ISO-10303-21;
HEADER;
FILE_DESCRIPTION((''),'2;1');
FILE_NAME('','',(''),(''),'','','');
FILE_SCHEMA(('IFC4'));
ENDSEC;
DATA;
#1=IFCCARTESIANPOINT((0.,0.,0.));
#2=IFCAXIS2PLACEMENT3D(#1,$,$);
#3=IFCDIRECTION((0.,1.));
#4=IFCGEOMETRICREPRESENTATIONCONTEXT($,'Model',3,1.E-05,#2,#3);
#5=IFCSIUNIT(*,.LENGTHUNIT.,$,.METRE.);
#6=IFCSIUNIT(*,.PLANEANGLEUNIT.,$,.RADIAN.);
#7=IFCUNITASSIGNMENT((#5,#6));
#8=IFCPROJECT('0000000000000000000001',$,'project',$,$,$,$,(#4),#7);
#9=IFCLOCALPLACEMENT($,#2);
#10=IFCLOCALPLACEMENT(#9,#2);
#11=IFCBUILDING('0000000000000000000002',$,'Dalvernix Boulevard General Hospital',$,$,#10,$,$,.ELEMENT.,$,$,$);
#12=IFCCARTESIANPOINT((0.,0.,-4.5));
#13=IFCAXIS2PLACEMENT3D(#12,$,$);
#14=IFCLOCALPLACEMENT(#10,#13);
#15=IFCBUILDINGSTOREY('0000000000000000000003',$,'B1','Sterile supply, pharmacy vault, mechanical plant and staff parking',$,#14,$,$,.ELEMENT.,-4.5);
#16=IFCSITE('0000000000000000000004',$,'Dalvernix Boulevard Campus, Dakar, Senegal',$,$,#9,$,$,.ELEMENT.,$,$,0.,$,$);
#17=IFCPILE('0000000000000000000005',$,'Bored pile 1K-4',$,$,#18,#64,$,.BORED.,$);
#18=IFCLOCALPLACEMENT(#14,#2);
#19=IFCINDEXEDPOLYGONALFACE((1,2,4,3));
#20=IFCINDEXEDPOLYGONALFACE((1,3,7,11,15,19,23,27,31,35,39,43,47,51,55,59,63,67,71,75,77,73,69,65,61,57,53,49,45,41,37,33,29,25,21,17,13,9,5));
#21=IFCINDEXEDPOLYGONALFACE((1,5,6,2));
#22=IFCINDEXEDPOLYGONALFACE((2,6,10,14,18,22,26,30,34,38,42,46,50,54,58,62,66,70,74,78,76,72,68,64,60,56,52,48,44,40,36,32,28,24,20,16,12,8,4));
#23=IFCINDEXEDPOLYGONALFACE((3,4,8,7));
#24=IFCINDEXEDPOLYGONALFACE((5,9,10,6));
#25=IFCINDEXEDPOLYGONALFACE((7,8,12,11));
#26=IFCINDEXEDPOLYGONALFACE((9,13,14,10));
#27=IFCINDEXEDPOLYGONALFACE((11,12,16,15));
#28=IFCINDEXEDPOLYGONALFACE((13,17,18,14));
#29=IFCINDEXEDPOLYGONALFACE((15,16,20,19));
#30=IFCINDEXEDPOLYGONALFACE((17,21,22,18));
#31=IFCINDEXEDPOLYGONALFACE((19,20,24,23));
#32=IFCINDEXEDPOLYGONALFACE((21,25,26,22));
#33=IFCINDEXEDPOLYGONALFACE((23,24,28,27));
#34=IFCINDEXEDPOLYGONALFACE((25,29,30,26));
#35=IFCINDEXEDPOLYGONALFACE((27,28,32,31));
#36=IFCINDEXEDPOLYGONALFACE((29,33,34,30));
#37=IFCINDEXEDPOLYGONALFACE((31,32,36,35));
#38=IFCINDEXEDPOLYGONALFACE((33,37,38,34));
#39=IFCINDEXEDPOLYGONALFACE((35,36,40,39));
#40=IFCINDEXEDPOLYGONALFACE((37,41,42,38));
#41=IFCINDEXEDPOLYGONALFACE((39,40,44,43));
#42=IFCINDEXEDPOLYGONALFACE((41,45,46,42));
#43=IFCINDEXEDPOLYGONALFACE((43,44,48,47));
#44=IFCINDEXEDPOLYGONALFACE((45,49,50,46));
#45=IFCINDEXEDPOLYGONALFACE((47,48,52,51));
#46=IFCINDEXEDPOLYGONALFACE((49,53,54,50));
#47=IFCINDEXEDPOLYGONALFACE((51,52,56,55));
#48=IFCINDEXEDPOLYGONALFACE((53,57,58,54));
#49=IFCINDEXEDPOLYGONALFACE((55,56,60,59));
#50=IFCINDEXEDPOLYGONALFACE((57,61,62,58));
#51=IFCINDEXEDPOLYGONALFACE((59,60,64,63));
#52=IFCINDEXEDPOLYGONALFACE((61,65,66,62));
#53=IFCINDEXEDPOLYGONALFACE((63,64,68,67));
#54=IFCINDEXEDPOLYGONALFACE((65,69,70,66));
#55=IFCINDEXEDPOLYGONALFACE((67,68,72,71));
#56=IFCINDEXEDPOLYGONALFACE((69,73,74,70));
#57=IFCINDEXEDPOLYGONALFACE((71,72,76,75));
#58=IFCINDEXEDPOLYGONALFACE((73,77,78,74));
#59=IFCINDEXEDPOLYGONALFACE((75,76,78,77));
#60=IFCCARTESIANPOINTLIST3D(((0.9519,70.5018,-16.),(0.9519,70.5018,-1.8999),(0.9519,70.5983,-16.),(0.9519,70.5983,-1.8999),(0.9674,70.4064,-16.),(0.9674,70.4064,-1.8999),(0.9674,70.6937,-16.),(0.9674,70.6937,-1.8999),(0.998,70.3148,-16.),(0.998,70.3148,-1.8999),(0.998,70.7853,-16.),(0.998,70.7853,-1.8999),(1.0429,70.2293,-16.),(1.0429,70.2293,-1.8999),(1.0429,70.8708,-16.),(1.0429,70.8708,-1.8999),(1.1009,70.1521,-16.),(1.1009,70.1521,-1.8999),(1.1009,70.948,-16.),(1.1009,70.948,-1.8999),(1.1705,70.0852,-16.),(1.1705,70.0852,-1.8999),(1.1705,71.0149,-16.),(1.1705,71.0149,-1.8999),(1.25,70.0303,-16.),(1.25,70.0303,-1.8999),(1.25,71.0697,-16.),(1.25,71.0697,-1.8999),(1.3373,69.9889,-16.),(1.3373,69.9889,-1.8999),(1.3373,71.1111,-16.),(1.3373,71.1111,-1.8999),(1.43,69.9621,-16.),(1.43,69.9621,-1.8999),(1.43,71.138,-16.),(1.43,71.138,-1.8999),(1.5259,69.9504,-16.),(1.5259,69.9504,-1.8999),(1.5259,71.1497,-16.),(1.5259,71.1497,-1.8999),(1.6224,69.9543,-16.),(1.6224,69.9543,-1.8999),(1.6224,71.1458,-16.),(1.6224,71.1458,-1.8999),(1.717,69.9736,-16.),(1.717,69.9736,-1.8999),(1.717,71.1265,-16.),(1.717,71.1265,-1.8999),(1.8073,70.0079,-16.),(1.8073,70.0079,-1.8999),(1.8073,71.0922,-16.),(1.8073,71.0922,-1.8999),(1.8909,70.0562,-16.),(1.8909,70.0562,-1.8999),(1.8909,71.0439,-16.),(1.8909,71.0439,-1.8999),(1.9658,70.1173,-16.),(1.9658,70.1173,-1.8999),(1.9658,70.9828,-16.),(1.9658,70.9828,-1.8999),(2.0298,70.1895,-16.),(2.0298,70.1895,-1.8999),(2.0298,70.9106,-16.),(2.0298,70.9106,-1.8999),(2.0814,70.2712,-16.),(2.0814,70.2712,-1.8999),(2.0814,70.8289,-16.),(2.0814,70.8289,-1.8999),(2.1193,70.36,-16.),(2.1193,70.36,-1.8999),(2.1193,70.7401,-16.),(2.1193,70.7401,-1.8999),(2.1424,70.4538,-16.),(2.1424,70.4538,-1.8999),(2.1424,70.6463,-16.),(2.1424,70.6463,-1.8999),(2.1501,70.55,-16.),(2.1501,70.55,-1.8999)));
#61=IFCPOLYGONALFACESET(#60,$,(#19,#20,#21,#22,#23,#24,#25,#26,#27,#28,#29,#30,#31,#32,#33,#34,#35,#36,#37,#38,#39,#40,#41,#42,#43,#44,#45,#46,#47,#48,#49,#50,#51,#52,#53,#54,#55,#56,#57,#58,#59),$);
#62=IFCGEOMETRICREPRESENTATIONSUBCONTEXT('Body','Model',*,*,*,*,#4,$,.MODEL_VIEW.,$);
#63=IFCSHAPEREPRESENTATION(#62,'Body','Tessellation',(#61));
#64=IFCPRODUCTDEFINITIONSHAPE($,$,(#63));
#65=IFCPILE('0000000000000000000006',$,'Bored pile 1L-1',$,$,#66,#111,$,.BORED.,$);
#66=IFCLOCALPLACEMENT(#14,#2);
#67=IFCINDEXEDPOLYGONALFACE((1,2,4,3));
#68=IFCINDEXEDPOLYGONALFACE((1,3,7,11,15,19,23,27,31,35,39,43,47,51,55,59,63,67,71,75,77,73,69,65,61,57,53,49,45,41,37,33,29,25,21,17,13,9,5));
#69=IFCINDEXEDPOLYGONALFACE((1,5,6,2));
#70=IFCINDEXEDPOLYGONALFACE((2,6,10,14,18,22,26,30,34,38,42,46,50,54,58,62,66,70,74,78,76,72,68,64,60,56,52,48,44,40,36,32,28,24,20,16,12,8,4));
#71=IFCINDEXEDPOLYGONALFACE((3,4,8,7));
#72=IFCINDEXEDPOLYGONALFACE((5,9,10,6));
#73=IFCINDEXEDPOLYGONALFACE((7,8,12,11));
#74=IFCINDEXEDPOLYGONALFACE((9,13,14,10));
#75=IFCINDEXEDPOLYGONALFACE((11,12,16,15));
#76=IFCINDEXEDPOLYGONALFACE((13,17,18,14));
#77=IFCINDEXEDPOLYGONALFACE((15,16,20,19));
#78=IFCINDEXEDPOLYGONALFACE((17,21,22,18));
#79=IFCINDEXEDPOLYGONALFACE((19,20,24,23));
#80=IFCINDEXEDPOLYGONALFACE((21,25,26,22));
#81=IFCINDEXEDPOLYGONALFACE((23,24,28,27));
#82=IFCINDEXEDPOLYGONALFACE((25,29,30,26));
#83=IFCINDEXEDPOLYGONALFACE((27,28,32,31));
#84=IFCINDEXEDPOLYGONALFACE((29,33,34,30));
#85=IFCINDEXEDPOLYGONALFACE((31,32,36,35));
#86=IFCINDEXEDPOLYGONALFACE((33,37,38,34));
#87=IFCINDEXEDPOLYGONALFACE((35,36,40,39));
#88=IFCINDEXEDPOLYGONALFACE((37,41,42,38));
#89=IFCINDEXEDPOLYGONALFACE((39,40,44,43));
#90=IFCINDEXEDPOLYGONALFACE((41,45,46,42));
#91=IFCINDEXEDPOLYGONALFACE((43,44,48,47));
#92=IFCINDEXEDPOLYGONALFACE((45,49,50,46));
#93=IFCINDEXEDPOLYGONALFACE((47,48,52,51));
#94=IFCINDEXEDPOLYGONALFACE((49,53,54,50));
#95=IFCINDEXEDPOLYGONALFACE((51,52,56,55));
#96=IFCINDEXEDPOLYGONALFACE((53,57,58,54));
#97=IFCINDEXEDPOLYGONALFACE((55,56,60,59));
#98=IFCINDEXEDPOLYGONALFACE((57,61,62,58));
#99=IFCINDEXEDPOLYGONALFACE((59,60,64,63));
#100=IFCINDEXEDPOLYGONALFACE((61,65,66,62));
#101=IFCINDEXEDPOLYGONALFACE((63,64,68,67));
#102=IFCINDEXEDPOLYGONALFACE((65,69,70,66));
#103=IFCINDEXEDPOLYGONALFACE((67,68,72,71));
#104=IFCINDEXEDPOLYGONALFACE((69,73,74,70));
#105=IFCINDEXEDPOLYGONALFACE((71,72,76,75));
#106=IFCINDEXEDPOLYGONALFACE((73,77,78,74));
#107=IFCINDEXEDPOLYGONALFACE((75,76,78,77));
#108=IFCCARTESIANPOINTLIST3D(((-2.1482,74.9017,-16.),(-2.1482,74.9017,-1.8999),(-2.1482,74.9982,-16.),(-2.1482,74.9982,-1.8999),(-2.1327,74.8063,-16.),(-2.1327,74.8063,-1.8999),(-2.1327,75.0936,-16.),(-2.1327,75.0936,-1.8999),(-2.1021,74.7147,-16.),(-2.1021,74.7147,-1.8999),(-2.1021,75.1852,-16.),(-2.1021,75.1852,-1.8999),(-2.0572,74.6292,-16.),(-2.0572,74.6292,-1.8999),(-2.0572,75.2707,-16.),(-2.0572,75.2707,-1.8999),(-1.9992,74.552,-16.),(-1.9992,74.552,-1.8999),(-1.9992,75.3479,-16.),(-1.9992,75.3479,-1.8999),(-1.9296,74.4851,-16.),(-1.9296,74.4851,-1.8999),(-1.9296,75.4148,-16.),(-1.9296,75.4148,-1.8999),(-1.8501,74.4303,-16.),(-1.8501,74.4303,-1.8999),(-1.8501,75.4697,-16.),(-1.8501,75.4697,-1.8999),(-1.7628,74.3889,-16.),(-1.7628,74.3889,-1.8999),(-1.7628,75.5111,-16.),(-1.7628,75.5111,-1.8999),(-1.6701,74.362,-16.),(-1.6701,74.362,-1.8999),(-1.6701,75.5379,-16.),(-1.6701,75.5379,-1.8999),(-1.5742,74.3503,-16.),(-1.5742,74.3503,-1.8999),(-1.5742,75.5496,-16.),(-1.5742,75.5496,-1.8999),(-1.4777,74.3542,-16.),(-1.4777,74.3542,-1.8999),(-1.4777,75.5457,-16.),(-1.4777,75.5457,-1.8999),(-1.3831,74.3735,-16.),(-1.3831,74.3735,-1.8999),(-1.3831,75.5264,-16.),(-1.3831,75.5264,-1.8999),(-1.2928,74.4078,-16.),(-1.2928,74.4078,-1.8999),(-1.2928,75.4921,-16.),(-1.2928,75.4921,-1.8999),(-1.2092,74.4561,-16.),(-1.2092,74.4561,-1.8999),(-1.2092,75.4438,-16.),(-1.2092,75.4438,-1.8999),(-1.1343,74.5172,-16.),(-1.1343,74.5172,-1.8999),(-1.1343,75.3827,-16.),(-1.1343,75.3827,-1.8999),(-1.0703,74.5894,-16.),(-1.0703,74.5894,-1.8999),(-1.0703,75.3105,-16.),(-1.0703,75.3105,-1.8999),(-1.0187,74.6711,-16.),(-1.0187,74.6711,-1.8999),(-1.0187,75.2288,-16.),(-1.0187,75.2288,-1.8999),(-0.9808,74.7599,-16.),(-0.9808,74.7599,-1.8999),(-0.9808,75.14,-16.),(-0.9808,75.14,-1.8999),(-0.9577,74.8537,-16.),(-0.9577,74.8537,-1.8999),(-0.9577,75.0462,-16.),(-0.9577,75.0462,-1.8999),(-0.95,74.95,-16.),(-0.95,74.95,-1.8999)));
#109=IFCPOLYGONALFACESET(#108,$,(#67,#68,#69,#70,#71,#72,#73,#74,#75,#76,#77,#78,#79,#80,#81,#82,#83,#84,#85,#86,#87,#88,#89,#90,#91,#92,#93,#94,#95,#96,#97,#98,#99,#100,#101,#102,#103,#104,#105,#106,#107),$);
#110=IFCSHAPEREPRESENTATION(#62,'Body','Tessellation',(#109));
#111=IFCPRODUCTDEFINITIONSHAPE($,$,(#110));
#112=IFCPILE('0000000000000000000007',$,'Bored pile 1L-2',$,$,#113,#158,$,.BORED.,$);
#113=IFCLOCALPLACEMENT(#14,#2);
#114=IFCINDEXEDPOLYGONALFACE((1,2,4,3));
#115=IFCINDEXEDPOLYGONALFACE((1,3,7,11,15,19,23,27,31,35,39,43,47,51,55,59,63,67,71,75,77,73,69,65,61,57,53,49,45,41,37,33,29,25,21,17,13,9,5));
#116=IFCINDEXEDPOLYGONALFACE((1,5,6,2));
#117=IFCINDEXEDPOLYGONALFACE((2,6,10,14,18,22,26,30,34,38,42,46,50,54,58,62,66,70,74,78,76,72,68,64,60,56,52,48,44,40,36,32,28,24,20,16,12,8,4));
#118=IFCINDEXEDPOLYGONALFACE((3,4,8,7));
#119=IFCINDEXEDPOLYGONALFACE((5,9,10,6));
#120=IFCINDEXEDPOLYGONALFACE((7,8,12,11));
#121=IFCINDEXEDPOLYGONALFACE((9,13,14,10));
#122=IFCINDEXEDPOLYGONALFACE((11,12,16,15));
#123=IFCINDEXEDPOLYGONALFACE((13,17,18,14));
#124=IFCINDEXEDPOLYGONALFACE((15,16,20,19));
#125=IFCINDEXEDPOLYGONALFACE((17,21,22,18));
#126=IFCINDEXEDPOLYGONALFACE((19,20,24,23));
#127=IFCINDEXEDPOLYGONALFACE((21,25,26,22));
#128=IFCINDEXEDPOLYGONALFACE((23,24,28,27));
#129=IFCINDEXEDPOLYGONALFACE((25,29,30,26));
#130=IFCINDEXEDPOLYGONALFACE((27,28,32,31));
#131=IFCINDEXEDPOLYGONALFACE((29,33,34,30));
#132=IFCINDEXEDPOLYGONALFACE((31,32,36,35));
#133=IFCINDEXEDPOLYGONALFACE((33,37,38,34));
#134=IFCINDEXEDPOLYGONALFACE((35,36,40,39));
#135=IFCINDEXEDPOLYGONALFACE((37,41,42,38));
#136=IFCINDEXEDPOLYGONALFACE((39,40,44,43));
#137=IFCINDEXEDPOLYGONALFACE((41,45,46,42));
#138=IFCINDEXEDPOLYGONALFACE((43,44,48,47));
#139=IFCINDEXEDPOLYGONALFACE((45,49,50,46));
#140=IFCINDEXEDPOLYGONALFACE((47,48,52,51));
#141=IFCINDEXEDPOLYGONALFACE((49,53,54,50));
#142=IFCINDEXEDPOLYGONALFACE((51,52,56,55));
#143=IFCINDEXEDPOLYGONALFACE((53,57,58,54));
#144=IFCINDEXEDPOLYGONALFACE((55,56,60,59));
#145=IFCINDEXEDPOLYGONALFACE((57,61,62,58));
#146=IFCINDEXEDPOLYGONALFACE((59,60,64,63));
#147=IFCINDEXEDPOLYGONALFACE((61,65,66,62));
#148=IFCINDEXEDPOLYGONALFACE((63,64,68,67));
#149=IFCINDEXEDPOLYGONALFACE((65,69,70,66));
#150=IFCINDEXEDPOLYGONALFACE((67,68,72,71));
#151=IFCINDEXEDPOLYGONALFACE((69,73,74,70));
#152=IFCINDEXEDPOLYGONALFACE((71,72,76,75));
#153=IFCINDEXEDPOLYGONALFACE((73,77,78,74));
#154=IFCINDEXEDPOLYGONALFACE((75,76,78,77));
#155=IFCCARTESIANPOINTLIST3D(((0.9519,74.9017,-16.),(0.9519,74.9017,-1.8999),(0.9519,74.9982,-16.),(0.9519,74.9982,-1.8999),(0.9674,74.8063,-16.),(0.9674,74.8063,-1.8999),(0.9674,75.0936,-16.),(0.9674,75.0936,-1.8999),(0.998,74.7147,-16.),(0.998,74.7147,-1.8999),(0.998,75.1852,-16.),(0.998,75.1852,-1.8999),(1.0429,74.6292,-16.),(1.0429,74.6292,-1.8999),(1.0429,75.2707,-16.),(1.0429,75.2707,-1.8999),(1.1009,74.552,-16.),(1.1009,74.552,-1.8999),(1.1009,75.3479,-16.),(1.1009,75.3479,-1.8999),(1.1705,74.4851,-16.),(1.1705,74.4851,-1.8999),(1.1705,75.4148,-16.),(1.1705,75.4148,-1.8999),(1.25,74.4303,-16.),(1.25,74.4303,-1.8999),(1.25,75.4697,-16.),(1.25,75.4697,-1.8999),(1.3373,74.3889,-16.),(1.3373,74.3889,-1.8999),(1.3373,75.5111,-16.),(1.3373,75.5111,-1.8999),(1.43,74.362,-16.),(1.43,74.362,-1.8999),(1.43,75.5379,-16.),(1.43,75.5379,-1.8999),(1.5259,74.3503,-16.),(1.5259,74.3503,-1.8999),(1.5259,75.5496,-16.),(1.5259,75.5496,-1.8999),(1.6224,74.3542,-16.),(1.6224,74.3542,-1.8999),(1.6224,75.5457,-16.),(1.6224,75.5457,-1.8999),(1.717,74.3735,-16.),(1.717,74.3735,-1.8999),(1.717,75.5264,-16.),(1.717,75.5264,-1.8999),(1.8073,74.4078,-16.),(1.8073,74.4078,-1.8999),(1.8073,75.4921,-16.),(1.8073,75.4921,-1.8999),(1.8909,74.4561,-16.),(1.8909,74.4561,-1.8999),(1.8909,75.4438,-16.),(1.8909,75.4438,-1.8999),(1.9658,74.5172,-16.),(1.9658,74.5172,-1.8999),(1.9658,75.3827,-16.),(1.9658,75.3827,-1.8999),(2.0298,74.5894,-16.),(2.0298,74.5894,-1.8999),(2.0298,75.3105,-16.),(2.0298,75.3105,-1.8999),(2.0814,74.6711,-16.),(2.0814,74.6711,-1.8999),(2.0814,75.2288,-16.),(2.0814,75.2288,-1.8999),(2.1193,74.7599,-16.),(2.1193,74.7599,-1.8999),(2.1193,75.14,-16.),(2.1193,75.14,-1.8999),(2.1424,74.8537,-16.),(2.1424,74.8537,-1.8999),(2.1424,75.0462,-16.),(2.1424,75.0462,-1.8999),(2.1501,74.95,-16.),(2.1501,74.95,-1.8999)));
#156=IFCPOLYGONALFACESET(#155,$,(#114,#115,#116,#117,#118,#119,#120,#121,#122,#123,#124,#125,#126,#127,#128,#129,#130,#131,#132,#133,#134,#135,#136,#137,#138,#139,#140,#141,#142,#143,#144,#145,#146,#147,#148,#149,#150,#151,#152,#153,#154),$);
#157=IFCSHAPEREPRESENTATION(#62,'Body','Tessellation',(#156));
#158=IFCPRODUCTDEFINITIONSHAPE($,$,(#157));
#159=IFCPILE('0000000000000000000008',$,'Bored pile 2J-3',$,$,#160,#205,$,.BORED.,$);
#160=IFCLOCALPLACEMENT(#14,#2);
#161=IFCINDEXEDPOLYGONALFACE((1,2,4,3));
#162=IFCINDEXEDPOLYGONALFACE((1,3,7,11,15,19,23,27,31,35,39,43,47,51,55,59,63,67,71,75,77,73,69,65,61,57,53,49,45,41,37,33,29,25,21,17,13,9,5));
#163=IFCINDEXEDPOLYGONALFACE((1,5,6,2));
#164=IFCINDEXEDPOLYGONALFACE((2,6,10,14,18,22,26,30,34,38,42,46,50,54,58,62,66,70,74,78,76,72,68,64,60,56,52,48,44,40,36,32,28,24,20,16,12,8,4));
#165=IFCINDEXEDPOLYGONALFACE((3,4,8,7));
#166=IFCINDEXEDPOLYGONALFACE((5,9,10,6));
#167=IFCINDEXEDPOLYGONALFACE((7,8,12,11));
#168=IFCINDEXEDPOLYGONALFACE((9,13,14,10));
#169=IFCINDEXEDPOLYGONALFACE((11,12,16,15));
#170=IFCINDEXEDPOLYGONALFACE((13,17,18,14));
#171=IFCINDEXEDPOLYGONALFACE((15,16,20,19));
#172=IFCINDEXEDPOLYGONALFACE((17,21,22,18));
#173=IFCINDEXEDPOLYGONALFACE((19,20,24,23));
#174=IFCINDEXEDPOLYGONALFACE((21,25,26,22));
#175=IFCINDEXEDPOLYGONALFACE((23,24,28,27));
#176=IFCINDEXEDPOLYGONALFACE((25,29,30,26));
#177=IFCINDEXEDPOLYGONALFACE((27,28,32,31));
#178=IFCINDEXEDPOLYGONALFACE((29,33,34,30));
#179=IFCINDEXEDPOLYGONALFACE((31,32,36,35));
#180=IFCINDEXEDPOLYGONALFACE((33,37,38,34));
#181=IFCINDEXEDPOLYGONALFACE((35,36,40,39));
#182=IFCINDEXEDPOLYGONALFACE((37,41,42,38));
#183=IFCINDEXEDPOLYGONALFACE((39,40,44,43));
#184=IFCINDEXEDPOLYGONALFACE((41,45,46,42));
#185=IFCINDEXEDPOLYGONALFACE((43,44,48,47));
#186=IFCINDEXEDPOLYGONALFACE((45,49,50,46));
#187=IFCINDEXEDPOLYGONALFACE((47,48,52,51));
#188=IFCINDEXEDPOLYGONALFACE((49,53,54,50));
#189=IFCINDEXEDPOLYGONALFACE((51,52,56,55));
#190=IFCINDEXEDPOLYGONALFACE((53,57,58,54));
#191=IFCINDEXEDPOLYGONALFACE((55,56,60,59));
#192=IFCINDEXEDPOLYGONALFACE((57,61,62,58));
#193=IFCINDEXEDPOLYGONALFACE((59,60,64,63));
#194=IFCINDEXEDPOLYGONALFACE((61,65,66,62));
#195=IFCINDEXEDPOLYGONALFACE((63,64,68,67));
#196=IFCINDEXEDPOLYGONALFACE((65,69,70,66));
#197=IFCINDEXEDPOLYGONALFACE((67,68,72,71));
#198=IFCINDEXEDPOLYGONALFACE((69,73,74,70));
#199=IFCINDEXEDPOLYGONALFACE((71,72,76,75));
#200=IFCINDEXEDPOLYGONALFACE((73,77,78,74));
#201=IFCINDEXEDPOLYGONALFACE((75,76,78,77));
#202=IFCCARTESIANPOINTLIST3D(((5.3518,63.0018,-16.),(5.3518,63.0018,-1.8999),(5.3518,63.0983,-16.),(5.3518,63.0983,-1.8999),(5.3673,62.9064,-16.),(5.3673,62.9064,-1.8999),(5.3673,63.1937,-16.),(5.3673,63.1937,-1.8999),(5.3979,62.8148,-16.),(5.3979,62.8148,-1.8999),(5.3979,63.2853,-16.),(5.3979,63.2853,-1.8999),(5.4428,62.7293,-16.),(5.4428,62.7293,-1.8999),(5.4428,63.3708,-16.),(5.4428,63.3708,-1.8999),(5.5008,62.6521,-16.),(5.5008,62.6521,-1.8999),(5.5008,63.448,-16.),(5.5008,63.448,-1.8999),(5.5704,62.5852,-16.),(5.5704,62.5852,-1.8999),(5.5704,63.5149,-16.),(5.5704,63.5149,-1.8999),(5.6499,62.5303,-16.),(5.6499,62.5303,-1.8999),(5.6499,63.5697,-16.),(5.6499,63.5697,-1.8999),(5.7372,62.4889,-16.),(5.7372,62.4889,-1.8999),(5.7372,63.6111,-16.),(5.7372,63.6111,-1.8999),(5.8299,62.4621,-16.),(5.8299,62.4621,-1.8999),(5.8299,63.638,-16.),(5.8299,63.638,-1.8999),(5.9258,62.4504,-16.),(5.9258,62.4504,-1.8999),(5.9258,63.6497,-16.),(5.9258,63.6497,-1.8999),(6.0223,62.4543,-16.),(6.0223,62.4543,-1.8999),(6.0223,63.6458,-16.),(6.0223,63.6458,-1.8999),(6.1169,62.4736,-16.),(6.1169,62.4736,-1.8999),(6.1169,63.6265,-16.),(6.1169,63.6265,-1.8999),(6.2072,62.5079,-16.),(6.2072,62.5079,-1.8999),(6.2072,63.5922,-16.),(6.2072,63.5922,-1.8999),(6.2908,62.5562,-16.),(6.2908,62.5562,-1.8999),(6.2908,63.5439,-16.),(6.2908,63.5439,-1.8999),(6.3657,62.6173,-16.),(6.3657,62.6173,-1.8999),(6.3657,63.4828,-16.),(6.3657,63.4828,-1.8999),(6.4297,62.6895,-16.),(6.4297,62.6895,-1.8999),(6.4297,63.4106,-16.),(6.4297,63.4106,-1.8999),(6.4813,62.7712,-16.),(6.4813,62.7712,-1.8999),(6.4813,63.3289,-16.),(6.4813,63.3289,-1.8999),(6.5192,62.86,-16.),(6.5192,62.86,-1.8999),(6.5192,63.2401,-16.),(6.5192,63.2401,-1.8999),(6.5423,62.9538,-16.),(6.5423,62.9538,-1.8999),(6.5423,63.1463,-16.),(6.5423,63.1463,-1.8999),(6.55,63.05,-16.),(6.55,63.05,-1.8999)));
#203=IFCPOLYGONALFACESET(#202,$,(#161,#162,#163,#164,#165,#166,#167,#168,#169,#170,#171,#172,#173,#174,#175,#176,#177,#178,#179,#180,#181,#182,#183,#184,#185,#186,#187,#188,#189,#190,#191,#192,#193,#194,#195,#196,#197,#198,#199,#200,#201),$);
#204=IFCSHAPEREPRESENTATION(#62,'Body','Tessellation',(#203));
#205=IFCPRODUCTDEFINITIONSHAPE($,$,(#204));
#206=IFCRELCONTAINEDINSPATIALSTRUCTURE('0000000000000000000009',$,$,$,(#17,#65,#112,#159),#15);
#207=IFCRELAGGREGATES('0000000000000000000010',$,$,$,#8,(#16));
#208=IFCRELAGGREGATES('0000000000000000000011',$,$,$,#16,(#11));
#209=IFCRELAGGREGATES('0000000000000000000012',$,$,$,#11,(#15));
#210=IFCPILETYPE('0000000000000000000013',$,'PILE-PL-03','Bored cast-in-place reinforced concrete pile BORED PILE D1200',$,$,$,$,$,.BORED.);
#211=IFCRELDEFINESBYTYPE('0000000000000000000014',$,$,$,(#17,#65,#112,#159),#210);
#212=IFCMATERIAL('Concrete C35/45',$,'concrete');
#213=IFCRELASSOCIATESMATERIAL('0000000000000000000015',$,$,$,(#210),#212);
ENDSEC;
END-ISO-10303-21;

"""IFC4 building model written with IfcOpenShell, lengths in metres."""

from ifc_helpers import new_model, si_unit, direction, frame, origin, origin_2d, place, context, subcontext, project, spatial, circle, extrude, material, material_profile, profile_set, type_object, element, save


model = new_model("IFC4")

# Units and contexts
model_context = context("Model", 3, precision=1e-05, world=origin(), true_north=direction((0.0, 1.0)))
body_context = subcontext(model_context, "Body", "Model", "MODEL_VIEW")
ifc_project = project(units=[si_unit("LENGTHUNIT", "METRE"), si_unit("PLANEANGLEUNIT", "RADIAN")], contexts=[model_context])

# Site, building, storey
site_placement = place(None, origin())
site = spatial("IfcSite", under=ifc_project, at=site_placement, Name="Dalvernix Boulevard Campus, Dakar, Senegal", CompositionType="ELEMENT", RefElevation=0.0)
building_placement = place(site_placement, origin())
building = spatial("IfcBuilding", under=site, at=building_placement, Name="Dalvernix Boulevard General Hospital", CompositionType="ELEMENT")
storey_placement = place(building_placement, frame((0.0, 0.0, -4.5)))
storey = spatial("IfcBuildingStorey", under=building, at=storey_placement, Name="B1", Description="Sterile supply, pharmacy vault, mechanical plant and staff parking", CompositionType="ELEMENT", Elevation=-4.5)

# Shared definitions
ifc_material_1 = material(Name="Concrete C35/45", Category="concrete")

# Piles
ifc_material_profile_1 = material_profile(ifc_material_1, circle(Radius=0.6001, at=origin_2d()), Name="BORED PILE D1200")
ifc_profile_set_1 = profile_set([ifc_material_profile_1], Name="Concrete C35/45")
pile_type = type_object("IfcPileType", Name="PILE-PL-03", Description="Bored cast-in-place reinforced concrete pile BORED PILE D1200", PredefinedType="BORED", material=ifc_profile_set_1)
for number, where, z_axis, x_axis, name in (
    (1, (1.55, 70.55, -1.8999), (0.0, 0.0, -1.0), (1.0, 0.0, 0.0), "Bored pile 1K-4"),
    (2, (-1.55, 74.95, -1.8999), (0.0, 0.0, -1.0), (1.0, 0.0, 0.0), "Bored pile 1L-1"),
    (3, (1.55, 74.95, -1.8999), (0.0, 0.0, -1.0), (1.0, 0.0, 0.0), "Bored pile 1L-2"),
    (4, (5.95, 63.05, -1.8999), (0.0, 0.0, -1.0), (1.0, 0.0, 0.0), "Bored pile 2J-3"),
):
    element("IfcPile", number, at=place(storey_placement, frame(where, z_axis=z_axis, x_axis=x_axis)), inside=storey, type_object=pile_type, Name=name, PredefinedType="BORED", context=body_context, shape_type="SweptSolid", body=[
        extrude(circle(Radius=0.6001, at=origin_2d()), origin(), (0.0, 0.0, 1.0), 14.1001),
    ])

save(model, "model.ifc")
